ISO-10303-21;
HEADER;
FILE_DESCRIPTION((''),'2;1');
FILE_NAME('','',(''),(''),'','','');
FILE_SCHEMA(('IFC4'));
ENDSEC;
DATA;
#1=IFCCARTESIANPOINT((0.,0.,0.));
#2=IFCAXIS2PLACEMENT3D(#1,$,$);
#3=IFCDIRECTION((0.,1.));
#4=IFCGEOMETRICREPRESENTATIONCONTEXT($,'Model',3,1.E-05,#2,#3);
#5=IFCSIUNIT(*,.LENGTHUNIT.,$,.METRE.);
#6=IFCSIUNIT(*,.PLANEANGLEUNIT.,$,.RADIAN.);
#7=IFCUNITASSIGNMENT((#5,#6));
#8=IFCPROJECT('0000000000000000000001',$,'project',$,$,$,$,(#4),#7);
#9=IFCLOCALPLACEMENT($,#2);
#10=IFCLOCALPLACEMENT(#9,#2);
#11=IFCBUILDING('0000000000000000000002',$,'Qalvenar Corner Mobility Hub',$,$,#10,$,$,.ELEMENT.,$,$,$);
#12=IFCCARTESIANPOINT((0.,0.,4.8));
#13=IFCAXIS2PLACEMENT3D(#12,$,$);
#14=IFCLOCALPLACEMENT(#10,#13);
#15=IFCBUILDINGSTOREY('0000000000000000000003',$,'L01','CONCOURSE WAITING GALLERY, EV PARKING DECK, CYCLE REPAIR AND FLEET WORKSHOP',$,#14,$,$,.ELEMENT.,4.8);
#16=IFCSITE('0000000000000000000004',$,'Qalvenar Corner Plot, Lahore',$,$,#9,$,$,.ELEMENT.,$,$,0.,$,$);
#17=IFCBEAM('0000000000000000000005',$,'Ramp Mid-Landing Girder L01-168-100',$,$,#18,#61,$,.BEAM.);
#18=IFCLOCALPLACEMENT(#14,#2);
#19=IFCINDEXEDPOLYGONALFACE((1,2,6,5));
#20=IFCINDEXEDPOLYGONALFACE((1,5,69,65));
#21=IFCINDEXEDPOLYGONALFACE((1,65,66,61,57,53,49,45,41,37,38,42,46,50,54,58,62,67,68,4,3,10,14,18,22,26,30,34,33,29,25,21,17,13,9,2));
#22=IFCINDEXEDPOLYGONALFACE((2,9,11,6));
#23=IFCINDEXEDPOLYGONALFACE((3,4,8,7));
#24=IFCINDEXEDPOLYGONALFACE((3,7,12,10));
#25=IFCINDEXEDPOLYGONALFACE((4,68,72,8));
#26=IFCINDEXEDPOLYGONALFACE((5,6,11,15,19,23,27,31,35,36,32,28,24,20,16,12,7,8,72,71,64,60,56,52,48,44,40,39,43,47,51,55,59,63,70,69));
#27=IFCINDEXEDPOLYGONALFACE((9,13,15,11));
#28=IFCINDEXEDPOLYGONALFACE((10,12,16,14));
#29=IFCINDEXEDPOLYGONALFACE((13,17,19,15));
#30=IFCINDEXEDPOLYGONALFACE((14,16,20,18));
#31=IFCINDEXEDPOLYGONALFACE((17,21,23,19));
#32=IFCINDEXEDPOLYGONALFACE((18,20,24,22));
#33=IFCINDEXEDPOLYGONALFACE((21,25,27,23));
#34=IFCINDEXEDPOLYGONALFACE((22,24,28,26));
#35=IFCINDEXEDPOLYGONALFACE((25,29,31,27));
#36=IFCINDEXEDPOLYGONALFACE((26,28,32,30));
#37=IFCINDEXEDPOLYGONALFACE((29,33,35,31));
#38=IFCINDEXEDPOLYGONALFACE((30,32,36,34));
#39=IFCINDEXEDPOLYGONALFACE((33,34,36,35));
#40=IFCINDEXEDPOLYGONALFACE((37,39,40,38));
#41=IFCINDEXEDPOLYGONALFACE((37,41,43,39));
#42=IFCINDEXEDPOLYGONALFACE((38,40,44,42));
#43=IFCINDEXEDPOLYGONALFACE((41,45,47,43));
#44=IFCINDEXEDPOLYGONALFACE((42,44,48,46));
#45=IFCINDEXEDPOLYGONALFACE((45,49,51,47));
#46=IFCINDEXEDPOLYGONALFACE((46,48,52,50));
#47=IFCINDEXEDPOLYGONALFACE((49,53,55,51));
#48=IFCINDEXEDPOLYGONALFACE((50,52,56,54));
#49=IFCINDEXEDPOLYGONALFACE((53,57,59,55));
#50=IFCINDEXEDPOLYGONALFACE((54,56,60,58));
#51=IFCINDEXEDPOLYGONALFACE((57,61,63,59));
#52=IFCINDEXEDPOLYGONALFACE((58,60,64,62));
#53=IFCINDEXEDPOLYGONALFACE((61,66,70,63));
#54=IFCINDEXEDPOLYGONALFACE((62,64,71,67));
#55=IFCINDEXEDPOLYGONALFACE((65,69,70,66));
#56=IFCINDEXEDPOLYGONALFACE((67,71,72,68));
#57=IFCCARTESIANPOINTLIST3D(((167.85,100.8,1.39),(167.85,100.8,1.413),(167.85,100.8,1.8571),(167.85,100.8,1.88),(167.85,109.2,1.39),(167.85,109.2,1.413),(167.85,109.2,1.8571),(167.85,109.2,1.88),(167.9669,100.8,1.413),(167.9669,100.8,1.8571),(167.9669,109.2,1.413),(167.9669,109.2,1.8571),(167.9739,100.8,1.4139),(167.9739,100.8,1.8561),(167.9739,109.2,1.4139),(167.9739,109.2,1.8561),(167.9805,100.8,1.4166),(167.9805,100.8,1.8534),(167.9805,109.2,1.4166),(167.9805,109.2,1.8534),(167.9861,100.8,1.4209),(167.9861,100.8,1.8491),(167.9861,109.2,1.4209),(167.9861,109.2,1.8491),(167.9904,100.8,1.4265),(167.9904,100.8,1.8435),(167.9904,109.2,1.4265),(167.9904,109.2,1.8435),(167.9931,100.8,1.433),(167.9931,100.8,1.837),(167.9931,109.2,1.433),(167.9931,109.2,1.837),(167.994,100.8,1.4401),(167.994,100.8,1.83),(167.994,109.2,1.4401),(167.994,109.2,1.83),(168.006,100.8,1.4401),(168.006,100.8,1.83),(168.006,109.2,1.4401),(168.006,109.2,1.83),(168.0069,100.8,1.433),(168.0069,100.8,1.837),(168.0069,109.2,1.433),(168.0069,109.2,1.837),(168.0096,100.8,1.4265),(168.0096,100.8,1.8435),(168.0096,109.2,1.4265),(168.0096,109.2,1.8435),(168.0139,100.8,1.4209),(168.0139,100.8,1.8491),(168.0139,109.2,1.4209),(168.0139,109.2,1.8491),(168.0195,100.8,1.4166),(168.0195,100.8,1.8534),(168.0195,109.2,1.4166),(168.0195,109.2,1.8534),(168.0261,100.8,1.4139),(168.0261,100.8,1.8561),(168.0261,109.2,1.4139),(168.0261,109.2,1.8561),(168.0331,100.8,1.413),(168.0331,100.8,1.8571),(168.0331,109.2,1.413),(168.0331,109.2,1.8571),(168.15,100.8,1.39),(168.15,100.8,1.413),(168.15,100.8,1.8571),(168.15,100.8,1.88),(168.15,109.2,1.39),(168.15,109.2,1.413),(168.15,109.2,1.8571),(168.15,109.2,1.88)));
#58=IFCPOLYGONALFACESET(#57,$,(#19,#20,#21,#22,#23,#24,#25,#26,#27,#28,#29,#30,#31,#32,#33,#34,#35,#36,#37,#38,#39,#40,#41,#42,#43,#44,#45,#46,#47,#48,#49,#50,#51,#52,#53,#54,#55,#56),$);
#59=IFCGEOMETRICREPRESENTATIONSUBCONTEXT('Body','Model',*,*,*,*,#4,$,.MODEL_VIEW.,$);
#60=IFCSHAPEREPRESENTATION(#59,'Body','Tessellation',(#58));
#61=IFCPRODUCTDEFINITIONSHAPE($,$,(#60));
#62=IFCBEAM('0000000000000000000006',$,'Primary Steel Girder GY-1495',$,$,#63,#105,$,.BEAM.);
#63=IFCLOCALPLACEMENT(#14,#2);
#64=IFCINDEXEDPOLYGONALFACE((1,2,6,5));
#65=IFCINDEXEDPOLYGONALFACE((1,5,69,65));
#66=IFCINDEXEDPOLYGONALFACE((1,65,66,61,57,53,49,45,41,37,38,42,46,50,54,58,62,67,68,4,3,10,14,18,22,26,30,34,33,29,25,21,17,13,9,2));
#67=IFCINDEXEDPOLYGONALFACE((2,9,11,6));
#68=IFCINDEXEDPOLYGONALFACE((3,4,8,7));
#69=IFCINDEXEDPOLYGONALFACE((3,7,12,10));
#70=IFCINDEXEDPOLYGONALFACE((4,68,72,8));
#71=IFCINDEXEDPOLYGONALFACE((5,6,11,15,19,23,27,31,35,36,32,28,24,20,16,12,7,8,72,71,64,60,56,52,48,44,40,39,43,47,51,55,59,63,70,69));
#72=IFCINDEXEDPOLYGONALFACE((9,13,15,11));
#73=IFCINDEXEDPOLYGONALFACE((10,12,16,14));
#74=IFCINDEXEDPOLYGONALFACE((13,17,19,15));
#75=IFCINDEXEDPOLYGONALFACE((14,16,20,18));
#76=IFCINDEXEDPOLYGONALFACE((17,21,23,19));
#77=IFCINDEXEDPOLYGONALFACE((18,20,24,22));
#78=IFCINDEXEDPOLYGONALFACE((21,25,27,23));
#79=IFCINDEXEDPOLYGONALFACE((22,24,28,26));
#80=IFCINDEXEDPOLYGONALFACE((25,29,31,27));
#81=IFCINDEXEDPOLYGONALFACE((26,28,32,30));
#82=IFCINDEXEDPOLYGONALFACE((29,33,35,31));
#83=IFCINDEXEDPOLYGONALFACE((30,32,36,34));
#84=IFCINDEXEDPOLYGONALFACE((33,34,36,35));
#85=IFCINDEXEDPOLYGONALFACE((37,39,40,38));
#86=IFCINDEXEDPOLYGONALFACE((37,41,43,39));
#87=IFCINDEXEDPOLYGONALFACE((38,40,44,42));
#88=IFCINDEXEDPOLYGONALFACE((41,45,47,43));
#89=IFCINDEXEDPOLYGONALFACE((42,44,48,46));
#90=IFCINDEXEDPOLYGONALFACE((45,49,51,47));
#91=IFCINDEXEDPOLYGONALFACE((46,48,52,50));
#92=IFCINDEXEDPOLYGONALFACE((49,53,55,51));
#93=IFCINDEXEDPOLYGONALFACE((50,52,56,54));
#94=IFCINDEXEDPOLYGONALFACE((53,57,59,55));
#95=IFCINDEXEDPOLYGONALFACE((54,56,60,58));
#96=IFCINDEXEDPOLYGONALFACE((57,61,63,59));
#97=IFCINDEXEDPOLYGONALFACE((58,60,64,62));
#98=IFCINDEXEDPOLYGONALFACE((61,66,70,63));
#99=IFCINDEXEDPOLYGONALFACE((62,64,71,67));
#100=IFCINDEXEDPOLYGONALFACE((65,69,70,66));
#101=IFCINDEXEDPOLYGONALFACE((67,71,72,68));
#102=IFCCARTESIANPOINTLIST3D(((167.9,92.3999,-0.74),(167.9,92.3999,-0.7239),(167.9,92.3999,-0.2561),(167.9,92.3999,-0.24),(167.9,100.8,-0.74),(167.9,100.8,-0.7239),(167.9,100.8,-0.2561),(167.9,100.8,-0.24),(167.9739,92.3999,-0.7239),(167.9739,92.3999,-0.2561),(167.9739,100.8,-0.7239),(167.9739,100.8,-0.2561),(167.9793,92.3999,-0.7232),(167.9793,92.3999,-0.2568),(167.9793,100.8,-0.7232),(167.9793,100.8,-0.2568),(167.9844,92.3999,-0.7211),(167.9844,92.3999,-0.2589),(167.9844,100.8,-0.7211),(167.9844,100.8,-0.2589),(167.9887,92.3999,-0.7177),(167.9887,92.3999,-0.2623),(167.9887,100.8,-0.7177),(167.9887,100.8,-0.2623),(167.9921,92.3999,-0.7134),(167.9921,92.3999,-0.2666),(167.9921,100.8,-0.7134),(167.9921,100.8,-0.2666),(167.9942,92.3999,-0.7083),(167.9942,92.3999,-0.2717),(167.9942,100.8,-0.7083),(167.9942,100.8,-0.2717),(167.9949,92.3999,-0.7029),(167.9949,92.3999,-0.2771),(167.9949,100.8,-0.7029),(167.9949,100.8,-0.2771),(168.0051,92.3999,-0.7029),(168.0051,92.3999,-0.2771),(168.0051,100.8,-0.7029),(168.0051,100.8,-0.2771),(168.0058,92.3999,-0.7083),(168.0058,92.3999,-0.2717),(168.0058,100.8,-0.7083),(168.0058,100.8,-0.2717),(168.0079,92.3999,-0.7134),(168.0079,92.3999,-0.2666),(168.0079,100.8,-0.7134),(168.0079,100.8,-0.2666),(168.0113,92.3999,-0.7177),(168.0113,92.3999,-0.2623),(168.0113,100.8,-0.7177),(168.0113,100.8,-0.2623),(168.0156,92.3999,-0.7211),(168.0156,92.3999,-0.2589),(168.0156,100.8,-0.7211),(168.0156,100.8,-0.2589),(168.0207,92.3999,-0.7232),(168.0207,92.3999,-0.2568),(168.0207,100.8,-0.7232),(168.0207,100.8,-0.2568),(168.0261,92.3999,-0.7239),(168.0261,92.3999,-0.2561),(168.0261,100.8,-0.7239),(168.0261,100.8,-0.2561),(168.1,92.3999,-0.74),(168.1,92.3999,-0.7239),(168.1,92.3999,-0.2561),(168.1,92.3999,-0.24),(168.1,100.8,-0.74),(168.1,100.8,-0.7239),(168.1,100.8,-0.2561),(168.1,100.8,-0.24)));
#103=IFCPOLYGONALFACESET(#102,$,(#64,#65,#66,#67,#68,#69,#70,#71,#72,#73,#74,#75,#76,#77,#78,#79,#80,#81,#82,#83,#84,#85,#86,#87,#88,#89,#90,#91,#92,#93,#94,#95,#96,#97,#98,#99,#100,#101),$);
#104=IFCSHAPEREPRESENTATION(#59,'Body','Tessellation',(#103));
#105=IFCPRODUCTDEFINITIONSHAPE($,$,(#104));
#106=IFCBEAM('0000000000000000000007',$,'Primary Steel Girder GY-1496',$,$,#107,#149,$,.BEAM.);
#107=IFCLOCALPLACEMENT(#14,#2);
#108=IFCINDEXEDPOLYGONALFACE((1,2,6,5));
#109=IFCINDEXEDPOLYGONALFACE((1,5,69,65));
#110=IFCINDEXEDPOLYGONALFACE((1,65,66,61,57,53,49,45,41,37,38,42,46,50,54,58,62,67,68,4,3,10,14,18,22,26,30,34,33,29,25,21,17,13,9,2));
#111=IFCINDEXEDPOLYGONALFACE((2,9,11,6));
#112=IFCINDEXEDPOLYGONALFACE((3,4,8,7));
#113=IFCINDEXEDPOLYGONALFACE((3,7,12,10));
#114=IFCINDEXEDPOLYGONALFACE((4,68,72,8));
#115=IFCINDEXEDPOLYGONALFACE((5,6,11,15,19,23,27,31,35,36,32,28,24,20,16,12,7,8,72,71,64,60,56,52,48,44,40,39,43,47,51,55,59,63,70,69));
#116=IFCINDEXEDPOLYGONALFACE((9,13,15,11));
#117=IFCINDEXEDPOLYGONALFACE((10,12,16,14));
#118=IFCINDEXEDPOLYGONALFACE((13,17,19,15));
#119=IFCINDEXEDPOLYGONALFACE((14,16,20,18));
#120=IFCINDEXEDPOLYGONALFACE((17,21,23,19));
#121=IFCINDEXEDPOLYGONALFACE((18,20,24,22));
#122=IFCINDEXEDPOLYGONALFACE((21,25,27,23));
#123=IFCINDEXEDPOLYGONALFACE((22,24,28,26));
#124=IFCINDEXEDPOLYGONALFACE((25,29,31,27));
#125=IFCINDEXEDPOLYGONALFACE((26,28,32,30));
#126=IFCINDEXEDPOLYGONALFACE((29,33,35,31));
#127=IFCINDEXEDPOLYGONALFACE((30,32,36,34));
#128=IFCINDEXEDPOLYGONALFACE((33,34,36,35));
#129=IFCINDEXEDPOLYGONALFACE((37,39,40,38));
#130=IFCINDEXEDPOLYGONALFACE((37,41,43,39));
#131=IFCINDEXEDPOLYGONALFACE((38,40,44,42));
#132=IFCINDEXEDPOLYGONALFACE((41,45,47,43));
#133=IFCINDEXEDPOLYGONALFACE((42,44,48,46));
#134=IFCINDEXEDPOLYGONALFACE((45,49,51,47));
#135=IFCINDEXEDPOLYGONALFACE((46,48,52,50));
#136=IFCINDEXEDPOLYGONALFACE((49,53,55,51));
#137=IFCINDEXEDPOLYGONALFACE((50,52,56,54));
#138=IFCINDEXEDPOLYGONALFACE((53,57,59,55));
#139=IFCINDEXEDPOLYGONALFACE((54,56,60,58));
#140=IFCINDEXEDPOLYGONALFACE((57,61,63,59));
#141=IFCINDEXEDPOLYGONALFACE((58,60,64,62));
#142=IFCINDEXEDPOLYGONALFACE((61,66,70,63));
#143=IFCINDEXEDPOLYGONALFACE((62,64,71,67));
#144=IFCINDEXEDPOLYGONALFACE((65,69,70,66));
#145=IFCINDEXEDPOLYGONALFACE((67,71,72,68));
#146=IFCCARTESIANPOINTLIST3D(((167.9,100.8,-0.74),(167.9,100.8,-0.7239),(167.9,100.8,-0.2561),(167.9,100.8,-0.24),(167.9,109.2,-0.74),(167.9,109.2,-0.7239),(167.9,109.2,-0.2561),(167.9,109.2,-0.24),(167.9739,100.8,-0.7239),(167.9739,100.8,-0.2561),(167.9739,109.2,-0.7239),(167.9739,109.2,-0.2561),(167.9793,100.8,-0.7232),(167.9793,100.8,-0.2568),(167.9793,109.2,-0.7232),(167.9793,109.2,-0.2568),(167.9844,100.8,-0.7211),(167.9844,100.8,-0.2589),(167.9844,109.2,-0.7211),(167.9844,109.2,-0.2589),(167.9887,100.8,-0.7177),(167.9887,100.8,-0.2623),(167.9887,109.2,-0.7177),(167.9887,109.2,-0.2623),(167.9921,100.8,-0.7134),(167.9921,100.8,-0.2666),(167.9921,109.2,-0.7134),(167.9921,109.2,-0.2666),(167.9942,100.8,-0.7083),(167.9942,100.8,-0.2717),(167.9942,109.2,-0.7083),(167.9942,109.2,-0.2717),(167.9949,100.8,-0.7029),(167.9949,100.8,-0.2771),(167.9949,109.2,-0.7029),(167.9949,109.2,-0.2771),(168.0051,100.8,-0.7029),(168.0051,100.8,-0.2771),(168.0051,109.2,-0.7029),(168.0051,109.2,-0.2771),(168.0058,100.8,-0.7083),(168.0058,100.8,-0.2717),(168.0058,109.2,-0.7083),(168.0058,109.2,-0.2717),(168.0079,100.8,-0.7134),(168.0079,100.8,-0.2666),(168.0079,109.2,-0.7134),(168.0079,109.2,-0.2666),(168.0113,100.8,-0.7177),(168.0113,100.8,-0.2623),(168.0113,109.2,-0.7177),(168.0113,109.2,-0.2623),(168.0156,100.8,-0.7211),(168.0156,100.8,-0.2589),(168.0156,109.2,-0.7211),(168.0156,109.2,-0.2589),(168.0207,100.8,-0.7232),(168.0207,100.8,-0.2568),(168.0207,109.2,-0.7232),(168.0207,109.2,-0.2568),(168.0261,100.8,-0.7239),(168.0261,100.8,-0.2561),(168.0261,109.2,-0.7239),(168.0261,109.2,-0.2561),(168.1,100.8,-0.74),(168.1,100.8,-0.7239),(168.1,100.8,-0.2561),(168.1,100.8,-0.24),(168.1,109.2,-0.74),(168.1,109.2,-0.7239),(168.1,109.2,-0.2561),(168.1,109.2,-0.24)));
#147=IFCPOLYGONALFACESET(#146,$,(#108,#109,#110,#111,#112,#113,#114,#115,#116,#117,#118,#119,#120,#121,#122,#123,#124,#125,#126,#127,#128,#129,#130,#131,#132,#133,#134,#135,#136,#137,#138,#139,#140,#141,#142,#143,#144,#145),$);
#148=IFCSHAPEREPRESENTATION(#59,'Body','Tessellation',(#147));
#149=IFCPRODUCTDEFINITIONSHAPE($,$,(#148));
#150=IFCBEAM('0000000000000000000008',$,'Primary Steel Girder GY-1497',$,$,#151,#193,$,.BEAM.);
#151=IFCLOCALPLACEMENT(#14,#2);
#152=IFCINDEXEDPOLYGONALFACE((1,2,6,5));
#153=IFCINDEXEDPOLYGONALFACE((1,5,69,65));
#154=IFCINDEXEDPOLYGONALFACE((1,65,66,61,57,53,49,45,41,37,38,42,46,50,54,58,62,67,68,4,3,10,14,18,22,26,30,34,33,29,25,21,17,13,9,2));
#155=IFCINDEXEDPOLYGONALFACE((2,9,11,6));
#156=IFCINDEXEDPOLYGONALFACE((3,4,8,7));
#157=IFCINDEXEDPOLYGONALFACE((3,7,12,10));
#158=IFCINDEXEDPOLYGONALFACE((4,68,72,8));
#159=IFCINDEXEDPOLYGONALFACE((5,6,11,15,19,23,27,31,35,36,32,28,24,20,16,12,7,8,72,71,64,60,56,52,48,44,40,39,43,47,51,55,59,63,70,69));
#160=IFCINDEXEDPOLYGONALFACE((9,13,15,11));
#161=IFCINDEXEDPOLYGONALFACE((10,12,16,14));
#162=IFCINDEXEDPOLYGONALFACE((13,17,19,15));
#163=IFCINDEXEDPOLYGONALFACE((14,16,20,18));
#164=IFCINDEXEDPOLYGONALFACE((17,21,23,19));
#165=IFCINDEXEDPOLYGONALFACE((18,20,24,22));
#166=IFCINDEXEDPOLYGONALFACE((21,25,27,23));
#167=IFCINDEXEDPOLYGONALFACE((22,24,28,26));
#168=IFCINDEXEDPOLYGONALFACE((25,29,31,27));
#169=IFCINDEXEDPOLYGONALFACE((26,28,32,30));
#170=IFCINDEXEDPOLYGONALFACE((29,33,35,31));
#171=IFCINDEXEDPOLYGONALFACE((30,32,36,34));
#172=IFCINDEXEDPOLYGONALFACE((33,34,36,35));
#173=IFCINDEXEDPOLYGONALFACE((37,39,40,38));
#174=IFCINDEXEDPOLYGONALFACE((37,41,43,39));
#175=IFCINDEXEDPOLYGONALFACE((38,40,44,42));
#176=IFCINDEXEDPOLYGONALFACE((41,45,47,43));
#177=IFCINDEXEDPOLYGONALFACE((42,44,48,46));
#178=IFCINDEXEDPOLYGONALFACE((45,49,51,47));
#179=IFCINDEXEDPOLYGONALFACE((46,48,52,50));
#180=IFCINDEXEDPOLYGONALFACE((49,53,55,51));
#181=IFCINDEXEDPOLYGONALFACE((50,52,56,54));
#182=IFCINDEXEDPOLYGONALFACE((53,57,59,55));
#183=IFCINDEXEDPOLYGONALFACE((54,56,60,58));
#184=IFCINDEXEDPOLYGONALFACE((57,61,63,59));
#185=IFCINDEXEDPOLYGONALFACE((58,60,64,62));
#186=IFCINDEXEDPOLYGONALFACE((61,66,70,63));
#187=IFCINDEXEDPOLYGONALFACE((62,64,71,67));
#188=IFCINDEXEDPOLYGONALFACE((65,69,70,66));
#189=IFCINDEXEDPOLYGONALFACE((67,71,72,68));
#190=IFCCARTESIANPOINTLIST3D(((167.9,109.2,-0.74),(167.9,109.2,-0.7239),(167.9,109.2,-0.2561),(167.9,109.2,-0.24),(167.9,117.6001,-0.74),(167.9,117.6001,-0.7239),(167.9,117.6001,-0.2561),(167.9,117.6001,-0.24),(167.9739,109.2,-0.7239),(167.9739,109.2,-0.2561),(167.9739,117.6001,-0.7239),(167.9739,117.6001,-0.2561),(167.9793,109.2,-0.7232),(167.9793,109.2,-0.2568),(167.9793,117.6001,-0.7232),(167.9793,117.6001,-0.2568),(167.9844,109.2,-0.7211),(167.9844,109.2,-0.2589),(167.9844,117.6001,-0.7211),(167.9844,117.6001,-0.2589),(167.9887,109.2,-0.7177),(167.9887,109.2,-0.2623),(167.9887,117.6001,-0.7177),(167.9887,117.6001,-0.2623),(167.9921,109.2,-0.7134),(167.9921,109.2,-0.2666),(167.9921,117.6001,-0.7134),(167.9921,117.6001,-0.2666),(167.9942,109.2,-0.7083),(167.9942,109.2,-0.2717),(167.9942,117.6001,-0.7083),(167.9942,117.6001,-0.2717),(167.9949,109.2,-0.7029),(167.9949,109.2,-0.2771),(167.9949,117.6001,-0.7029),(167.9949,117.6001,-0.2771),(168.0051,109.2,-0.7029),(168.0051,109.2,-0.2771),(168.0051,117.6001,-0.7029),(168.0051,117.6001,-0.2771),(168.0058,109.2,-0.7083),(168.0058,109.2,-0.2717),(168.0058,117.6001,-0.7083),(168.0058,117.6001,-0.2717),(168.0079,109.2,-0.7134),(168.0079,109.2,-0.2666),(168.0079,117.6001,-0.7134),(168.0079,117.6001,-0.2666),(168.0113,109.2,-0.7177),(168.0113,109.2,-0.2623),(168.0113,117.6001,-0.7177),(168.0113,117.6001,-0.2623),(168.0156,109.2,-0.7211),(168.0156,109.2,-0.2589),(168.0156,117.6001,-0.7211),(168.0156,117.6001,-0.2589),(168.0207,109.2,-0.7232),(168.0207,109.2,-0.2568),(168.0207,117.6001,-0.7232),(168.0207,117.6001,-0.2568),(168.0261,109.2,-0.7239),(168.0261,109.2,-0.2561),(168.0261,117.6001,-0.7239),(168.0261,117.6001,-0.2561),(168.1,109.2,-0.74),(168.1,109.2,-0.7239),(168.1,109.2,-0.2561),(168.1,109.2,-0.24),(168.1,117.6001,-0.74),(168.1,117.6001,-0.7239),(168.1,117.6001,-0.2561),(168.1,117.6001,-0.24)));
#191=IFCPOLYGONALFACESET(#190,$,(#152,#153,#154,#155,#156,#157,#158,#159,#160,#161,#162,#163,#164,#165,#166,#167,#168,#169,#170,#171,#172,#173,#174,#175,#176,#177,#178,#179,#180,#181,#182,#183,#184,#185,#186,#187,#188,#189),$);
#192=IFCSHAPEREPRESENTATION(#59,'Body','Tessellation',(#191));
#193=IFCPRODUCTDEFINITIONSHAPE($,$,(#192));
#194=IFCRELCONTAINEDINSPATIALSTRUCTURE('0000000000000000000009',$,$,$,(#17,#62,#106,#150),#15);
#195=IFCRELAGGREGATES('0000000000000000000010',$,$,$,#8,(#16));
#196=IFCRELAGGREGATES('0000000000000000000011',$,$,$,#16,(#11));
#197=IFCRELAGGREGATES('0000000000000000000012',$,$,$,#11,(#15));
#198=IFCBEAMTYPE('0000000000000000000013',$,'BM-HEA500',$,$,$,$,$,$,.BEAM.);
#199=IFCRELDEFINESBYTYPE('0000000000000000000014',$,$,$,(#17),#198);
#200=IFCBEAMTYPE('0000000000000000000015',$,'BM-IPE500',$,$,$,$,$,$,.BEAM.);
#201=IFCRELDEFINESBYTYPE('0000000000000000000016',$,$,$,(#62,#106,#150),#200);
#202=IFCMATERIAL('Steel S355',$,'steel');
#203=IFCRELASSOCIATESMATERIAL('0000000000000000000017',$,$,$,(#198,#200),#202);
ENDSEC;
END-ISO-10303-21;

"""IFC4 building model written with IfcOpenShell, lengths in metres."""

from ifc_helpers import new_model, si_unit, direction, frame, origin, origin_2d, place, context, subcontext, project, spatial, i_section, extrude, material, material_profile, profile_set, type_object, element, save


model = new_model("IFC4")

# Units and contexts
model_context = context("Model", 3, precision=1e-05, world=origin(), true_north=direction((0.0, 1.0)))
body_context = subcontext(model_context, "Body", "Model", "MODEL_VIEW")
ifc_project = project(units=[si_unit("LENGTHUNIT", "METRE"), si_unit("PLANEANGLEUNIT", "RADIAN")], contexts=[model_context])

# Site, building, storey
site_placement = place(None, origin())
site = spatial("IfcSite", under=ifc_project, at=site_placement, Name="Qalvenar Corner Plot, Lahore", CompositionType="ELEMENT", RefElevation=0.0)
building_placement = place(site_placement, origin())
building = spatial("IfcBuilding", under=site, at=building_placement, Name="Qalvenar Corner Mobility Hub", CompositionType="ELEMENT")
storey_placement = place(building_placement, frame((0.0, 0.0, 4.8)))
storey = spatial("IfcBuildingStorey", under=building, at=storey_placement, Name="L01", Description="CONCOURSE WAITING GALLERY, EV PARKING DECK, CYCLE REPAIR AND FLEET WORKSHOP", CompositionType="ELEMENT", Elevation=4.8)

# Shared definitions
ifc_material_1 = material(Name="Steel S355", Category="steel")

# Beams
ifc_material_profile_1 = material_profile(ifc_material_1, i_section(OverallWidth=0.3, OverallDepth=0.49, WebThickness=0.012, FlangeThickness=0.0229, FilletRadius=0.0271, at=origin_2d()), Name="HEA500")
ifc_profile_set_1 = profile_set([ifc_material_profile_1], Name="Steel S355")
beam_type_1 = type_object("IfcBeamType", Name="BM-HEA500", PredefinedType="BEAM", material=ifc_profile_set_1)
beam_1_placement = place(storey_placement, frame((168.0, 100.8, 1.635), z_axis=(0.0, 1.0, 0.0), x_axis=(-1.0, 0.0, 0.0)))
element("IfcBeam", 1, at=beam_1_placement, inside=storey, type_object=beam_type_1, Name="Ramp Mid-Landing Girder L01-168-100", PredefinedType="BEAM", context=body_context, shape_type="SweptSolid", body=[
    extrude(i_section(OverallWidth=0.3, OverallDepth=0.49, WebThickness=0.012, FlangeThickness=0.0229, FilletRadius=0.0271, at=origin_2d()), origin(), (0.0, 0.0, 1.0), 8.3999),
])
ifc_material_profile_2 = material_profile(ifc_material_1, i_section(OverallWidth=0.2, OverallDepth=0.5, WebThickness=0.0103, FlangeThickness=0.0161, FilletRadius=0.021, at=origin_2d()), Name="IPE500")
ifc_profile_set_2 = profile_set([ifc_material_profile_2], Name="Steel S355")
beam_type_2 = type_object("IfcBeamType", Name="BM-IPE500", PredefinedType="BEAM", material=ifc_profile_set_2)
beam_2_placement = place(storey_placement, frame((168.0, 92.3999, -0.49), z_axis=(0.0, 1.0, 0.0), x_axis=(-1.0, 0.0, 0.0)))
element("IfcBeam", 2, at=beam_2_placement, inside=storey, type_object=beam_type_2, Name="Primary Steel Girder GY-1495", PredefinedType="BEAM", context=body_context, shape_type="SweptSolid", body=[
    extrude(i_section(OverallWidth=0.2, OverallDepth=0.5, WebThickness=0.0103, FlangeThickness=0.0161, FilletRadius=0.021, at=origin_2d()), origin(), (0.0, 0.0, 1.0), 8.4001),
])
beam_3_placement = place(storey_placement, frame((168.0, 100.8, -0.49), z_axis=(0.0, 1.0, 0.0), x_axis=(-1.0, 0.0, 0.0)))
element("IfcBeam", 3, at=beam_3_placement, inside=storey, type_object=beam_type_2, Name="Primary Steel Girder GY-1496", PredefinedType="BEAM", context=body_context, shape_type="SweptSolid", body=[
    extrude(i_section(OverallWidth=0.2, OverallDepth=0.5, WebThickness=0.0103, FlangeThickness=0.0161, FilletRadius=0.021, at=origin_2d()), origin(), (0.0, 0.0, 1.0), 8.3999),
])
beam_4_placement = place(storey_placement, frame((168.0, 109.2, -0.49), z_axis=(0.0, 1.0, 0.0), x_axis=(-1.0, 0.0, 0.0)))
element("IfcBeam", 4, at=beam_4_placement, inside=storey, type_object=beam_type_2, Name="Primary Steel Girder GY-1497", PredefinedType="BEAM", context=body_context, shape_type="SweptSolid", body=[
    extrude(i_section(OverallWidth=0.2, OverallDepth=0.5, WebThickness=0.0103, FlangeThickness=0.0161, FilletRadius=0.021, at=origin_2d()), origin(), (0.0, 0.0, 1.0), 8.4001),
])

save(model, "model.ifc")
